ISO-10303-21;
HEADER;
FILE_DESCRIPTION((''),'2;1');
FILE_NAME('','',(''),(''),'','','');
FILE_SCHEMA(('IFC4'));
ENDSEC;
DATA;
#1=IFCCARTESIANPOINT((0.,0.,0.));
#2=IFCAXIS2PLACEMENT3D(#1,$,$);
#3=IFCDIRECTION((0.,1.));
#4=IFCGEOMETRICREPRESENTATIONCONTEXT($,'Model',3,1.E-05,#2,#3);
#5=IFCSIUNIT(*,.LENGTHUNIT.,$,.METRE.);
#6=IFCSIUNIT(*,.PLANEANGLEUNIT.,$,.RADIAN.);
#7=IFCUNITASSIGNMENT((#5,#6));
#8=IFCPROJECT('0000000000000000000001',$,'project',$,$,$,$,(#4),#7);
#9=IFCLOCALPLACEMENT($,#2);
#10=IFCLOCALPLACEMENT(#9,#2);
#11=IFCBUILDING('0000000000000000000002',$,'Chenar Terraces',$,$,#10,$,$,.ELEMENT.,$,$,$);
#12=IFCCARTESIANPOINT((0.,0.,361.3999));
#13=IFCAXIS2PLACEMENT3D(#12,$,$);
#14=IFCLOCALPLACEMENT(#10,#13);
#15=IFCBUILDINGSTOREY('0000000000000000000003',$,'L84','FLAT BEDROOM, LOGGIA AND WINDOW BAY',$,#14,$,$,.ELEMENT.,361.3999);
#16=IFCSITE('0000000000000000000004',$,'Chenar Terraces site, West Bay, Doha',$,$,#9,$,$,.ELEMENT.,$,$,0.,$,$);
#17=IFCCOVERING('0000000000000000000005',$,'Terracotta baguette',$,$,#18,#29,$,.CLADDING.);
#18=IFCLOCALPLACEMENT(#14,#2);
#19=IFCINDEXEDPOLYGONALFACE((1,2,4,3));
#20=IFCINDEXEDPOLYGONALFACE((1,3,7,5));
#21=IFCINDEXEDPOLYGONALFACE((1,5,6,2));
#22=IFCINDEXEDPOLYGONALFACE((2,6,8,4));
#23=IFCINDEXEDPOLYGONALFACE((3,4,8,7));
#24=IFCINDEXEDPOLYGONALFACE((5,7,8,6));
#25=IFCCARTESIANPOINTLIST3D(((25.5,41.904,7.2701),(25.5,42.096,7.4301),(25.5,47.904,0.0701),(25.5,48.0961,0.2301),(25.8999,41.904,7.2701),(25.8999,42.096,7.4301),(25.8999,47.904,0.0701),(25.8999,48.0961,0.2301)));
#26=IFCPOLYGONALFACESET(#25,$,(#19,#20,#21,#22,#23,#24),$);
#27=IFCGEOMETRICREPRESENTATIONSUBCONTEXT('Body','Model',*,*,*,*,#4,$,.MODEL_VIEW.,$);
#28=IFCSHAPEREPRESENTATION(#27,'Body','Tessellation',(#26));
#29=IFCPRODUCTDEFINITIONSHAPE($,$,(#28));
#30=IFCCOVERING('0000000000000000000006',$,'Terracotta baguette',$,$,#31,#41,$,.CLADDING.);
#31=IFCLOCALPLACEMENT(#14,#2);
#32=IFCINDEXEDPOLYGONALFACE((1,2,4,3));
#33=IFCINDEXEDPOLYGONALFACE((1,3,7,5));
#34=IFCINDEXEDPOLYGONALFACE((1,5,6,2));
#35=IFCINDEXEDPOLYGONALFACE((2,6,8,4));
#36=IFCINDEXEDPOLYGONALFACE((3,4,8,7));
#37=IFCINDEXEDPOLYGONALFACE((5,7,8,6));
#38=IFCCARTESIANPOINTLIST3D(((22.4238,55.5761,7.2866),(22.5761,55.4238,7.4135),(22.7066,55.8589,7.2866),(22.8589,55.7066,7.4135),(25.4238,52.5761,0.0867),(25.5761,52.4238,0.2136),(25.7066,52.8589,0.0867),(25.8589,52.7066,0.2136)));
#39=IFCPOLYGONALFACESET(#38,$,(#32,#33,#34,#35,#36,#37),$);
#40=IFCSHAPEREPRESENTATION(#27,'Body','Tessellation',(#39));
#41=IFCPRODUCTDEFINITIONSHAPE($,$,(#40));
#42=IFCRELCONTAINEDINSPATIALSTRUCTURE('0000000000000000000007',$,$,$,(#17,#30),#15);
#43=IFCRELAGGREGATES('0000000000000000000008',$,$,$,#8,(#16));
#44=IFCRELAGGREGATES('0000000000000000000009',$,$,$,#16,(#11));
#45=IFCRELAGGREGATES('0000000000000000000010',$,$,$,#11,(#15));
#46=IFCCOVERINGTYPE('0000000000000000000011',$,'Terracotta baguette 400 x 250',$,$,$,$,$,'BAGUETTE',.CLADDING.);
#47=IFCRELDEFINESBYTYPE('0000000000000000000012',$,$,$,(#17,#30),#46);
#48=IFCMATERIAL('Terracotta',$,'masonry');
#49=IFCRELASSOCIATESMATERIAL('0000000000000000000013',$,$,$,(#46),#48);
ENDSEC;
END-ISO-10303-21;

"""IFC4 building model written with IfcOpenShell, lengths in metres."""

from ifc_helpers import new_model, si_unit, direction, frame, origin, origin_2d, place, context, subcontext, project, spatial, rectangle, extrude, material, material_profile, profile_set, type_object, element, save


model = new_model("IFC4")

# Units and contexts
model_context = context("Model", 3, precision=1e-05, world=origin(), true_north=direction((0.0, 1.0)))
body_context = subcontext(model_context, "Body", "Model", "MODEL_VIEW")
ifc_project = project(units=[si_unit("LENGTHUNIT", "METRE"), si_unit("PLANEANGLEUNIT", "RADIAN")], contexts=[model_context])

# Site, building, storey
site_placement = place(None, origin())
site = spatial("IfcSite", under=ifc_project, at=site_placement, Name="Chenar Terraces site, West Bay, Doha", CompositionType="ELEMENT", RefElevation=0.0)
building_placement = place(site_placement, origin())
building = spatial("IfcBuilding", under=site, at=building_placement, Name="Chenar Terraces", CompositionType="ELEMENT")
storey_placement = place(building_placement, frame((0.0, 0.0, 361.3999)))
storey = spatial("IfcBuildingStorey", under=building, at=storey_placement, Name="L84", Description="FLAT BEDROOM, LOGGIA AND WINDOW BAY", CompositionType="ELEMENT", Elevation=361.3999)

# Coverings
ifc_material_1 = material(Name="Terracotta", Category="masonry")
ifc_material_profile_1 = material_profile(ifc_material_1, rectangle(XDim=0.3999, YDim=0.25, at=origin_2d()), Name="Terracotta baguette 400 x 250")
ifc_profile_set_1 = profile_set([ifc_material_profile_1], Name="Terracotta")
covering_type = type_object("IfcCoveringType", Name="Terracotta baguette 400 x 250", ElementType="BAGUETTE", PredefinedType="CLADDING", material=ifc_profile_set_1)
covering_1_placement = place(storey_placement, frame((25.7, 42.0, 7.3501), z_axis=(0.0, 0.640187, -0.768219), x_axis=(-1.0, 0.0, 0.0)))
element("IfcCovering", 1, at=covering_1_placement, inside=storey, type_object=covering_type, Name="Terracotta baguette", PredefinedType="CLADDING", context=body_context, shape_type="SweptSolid", body=[
    extrude(rectangle(XDim=0.3999, YDim=0.25, at=origin_2d()), origin(), (0.0, 0.0, 1.0), 9.3723),
])
covering_2_placement = place(storey_placement, frame((25.6414, 52.6414, 0.1501), z_axis=(-0.358981, 0.358981, 0.861548), x_axis=(-0.707107, -0.707107, 0.0)))
element("IfcCovering", 2, at=covering_2_placement, inside=storey, type_object=covering_type, Name="Terracotta baguette", PredefinedType="CLADDING", context=body_context, shape_type="SweptSolid", body=[
    extrude(rectangle(XDim=0.3999, YDim=0.25, at=origin_2d()), origin(), (0.0, 0.0, 1.0), 8.3569),
])

save(model, "model.ifc")
